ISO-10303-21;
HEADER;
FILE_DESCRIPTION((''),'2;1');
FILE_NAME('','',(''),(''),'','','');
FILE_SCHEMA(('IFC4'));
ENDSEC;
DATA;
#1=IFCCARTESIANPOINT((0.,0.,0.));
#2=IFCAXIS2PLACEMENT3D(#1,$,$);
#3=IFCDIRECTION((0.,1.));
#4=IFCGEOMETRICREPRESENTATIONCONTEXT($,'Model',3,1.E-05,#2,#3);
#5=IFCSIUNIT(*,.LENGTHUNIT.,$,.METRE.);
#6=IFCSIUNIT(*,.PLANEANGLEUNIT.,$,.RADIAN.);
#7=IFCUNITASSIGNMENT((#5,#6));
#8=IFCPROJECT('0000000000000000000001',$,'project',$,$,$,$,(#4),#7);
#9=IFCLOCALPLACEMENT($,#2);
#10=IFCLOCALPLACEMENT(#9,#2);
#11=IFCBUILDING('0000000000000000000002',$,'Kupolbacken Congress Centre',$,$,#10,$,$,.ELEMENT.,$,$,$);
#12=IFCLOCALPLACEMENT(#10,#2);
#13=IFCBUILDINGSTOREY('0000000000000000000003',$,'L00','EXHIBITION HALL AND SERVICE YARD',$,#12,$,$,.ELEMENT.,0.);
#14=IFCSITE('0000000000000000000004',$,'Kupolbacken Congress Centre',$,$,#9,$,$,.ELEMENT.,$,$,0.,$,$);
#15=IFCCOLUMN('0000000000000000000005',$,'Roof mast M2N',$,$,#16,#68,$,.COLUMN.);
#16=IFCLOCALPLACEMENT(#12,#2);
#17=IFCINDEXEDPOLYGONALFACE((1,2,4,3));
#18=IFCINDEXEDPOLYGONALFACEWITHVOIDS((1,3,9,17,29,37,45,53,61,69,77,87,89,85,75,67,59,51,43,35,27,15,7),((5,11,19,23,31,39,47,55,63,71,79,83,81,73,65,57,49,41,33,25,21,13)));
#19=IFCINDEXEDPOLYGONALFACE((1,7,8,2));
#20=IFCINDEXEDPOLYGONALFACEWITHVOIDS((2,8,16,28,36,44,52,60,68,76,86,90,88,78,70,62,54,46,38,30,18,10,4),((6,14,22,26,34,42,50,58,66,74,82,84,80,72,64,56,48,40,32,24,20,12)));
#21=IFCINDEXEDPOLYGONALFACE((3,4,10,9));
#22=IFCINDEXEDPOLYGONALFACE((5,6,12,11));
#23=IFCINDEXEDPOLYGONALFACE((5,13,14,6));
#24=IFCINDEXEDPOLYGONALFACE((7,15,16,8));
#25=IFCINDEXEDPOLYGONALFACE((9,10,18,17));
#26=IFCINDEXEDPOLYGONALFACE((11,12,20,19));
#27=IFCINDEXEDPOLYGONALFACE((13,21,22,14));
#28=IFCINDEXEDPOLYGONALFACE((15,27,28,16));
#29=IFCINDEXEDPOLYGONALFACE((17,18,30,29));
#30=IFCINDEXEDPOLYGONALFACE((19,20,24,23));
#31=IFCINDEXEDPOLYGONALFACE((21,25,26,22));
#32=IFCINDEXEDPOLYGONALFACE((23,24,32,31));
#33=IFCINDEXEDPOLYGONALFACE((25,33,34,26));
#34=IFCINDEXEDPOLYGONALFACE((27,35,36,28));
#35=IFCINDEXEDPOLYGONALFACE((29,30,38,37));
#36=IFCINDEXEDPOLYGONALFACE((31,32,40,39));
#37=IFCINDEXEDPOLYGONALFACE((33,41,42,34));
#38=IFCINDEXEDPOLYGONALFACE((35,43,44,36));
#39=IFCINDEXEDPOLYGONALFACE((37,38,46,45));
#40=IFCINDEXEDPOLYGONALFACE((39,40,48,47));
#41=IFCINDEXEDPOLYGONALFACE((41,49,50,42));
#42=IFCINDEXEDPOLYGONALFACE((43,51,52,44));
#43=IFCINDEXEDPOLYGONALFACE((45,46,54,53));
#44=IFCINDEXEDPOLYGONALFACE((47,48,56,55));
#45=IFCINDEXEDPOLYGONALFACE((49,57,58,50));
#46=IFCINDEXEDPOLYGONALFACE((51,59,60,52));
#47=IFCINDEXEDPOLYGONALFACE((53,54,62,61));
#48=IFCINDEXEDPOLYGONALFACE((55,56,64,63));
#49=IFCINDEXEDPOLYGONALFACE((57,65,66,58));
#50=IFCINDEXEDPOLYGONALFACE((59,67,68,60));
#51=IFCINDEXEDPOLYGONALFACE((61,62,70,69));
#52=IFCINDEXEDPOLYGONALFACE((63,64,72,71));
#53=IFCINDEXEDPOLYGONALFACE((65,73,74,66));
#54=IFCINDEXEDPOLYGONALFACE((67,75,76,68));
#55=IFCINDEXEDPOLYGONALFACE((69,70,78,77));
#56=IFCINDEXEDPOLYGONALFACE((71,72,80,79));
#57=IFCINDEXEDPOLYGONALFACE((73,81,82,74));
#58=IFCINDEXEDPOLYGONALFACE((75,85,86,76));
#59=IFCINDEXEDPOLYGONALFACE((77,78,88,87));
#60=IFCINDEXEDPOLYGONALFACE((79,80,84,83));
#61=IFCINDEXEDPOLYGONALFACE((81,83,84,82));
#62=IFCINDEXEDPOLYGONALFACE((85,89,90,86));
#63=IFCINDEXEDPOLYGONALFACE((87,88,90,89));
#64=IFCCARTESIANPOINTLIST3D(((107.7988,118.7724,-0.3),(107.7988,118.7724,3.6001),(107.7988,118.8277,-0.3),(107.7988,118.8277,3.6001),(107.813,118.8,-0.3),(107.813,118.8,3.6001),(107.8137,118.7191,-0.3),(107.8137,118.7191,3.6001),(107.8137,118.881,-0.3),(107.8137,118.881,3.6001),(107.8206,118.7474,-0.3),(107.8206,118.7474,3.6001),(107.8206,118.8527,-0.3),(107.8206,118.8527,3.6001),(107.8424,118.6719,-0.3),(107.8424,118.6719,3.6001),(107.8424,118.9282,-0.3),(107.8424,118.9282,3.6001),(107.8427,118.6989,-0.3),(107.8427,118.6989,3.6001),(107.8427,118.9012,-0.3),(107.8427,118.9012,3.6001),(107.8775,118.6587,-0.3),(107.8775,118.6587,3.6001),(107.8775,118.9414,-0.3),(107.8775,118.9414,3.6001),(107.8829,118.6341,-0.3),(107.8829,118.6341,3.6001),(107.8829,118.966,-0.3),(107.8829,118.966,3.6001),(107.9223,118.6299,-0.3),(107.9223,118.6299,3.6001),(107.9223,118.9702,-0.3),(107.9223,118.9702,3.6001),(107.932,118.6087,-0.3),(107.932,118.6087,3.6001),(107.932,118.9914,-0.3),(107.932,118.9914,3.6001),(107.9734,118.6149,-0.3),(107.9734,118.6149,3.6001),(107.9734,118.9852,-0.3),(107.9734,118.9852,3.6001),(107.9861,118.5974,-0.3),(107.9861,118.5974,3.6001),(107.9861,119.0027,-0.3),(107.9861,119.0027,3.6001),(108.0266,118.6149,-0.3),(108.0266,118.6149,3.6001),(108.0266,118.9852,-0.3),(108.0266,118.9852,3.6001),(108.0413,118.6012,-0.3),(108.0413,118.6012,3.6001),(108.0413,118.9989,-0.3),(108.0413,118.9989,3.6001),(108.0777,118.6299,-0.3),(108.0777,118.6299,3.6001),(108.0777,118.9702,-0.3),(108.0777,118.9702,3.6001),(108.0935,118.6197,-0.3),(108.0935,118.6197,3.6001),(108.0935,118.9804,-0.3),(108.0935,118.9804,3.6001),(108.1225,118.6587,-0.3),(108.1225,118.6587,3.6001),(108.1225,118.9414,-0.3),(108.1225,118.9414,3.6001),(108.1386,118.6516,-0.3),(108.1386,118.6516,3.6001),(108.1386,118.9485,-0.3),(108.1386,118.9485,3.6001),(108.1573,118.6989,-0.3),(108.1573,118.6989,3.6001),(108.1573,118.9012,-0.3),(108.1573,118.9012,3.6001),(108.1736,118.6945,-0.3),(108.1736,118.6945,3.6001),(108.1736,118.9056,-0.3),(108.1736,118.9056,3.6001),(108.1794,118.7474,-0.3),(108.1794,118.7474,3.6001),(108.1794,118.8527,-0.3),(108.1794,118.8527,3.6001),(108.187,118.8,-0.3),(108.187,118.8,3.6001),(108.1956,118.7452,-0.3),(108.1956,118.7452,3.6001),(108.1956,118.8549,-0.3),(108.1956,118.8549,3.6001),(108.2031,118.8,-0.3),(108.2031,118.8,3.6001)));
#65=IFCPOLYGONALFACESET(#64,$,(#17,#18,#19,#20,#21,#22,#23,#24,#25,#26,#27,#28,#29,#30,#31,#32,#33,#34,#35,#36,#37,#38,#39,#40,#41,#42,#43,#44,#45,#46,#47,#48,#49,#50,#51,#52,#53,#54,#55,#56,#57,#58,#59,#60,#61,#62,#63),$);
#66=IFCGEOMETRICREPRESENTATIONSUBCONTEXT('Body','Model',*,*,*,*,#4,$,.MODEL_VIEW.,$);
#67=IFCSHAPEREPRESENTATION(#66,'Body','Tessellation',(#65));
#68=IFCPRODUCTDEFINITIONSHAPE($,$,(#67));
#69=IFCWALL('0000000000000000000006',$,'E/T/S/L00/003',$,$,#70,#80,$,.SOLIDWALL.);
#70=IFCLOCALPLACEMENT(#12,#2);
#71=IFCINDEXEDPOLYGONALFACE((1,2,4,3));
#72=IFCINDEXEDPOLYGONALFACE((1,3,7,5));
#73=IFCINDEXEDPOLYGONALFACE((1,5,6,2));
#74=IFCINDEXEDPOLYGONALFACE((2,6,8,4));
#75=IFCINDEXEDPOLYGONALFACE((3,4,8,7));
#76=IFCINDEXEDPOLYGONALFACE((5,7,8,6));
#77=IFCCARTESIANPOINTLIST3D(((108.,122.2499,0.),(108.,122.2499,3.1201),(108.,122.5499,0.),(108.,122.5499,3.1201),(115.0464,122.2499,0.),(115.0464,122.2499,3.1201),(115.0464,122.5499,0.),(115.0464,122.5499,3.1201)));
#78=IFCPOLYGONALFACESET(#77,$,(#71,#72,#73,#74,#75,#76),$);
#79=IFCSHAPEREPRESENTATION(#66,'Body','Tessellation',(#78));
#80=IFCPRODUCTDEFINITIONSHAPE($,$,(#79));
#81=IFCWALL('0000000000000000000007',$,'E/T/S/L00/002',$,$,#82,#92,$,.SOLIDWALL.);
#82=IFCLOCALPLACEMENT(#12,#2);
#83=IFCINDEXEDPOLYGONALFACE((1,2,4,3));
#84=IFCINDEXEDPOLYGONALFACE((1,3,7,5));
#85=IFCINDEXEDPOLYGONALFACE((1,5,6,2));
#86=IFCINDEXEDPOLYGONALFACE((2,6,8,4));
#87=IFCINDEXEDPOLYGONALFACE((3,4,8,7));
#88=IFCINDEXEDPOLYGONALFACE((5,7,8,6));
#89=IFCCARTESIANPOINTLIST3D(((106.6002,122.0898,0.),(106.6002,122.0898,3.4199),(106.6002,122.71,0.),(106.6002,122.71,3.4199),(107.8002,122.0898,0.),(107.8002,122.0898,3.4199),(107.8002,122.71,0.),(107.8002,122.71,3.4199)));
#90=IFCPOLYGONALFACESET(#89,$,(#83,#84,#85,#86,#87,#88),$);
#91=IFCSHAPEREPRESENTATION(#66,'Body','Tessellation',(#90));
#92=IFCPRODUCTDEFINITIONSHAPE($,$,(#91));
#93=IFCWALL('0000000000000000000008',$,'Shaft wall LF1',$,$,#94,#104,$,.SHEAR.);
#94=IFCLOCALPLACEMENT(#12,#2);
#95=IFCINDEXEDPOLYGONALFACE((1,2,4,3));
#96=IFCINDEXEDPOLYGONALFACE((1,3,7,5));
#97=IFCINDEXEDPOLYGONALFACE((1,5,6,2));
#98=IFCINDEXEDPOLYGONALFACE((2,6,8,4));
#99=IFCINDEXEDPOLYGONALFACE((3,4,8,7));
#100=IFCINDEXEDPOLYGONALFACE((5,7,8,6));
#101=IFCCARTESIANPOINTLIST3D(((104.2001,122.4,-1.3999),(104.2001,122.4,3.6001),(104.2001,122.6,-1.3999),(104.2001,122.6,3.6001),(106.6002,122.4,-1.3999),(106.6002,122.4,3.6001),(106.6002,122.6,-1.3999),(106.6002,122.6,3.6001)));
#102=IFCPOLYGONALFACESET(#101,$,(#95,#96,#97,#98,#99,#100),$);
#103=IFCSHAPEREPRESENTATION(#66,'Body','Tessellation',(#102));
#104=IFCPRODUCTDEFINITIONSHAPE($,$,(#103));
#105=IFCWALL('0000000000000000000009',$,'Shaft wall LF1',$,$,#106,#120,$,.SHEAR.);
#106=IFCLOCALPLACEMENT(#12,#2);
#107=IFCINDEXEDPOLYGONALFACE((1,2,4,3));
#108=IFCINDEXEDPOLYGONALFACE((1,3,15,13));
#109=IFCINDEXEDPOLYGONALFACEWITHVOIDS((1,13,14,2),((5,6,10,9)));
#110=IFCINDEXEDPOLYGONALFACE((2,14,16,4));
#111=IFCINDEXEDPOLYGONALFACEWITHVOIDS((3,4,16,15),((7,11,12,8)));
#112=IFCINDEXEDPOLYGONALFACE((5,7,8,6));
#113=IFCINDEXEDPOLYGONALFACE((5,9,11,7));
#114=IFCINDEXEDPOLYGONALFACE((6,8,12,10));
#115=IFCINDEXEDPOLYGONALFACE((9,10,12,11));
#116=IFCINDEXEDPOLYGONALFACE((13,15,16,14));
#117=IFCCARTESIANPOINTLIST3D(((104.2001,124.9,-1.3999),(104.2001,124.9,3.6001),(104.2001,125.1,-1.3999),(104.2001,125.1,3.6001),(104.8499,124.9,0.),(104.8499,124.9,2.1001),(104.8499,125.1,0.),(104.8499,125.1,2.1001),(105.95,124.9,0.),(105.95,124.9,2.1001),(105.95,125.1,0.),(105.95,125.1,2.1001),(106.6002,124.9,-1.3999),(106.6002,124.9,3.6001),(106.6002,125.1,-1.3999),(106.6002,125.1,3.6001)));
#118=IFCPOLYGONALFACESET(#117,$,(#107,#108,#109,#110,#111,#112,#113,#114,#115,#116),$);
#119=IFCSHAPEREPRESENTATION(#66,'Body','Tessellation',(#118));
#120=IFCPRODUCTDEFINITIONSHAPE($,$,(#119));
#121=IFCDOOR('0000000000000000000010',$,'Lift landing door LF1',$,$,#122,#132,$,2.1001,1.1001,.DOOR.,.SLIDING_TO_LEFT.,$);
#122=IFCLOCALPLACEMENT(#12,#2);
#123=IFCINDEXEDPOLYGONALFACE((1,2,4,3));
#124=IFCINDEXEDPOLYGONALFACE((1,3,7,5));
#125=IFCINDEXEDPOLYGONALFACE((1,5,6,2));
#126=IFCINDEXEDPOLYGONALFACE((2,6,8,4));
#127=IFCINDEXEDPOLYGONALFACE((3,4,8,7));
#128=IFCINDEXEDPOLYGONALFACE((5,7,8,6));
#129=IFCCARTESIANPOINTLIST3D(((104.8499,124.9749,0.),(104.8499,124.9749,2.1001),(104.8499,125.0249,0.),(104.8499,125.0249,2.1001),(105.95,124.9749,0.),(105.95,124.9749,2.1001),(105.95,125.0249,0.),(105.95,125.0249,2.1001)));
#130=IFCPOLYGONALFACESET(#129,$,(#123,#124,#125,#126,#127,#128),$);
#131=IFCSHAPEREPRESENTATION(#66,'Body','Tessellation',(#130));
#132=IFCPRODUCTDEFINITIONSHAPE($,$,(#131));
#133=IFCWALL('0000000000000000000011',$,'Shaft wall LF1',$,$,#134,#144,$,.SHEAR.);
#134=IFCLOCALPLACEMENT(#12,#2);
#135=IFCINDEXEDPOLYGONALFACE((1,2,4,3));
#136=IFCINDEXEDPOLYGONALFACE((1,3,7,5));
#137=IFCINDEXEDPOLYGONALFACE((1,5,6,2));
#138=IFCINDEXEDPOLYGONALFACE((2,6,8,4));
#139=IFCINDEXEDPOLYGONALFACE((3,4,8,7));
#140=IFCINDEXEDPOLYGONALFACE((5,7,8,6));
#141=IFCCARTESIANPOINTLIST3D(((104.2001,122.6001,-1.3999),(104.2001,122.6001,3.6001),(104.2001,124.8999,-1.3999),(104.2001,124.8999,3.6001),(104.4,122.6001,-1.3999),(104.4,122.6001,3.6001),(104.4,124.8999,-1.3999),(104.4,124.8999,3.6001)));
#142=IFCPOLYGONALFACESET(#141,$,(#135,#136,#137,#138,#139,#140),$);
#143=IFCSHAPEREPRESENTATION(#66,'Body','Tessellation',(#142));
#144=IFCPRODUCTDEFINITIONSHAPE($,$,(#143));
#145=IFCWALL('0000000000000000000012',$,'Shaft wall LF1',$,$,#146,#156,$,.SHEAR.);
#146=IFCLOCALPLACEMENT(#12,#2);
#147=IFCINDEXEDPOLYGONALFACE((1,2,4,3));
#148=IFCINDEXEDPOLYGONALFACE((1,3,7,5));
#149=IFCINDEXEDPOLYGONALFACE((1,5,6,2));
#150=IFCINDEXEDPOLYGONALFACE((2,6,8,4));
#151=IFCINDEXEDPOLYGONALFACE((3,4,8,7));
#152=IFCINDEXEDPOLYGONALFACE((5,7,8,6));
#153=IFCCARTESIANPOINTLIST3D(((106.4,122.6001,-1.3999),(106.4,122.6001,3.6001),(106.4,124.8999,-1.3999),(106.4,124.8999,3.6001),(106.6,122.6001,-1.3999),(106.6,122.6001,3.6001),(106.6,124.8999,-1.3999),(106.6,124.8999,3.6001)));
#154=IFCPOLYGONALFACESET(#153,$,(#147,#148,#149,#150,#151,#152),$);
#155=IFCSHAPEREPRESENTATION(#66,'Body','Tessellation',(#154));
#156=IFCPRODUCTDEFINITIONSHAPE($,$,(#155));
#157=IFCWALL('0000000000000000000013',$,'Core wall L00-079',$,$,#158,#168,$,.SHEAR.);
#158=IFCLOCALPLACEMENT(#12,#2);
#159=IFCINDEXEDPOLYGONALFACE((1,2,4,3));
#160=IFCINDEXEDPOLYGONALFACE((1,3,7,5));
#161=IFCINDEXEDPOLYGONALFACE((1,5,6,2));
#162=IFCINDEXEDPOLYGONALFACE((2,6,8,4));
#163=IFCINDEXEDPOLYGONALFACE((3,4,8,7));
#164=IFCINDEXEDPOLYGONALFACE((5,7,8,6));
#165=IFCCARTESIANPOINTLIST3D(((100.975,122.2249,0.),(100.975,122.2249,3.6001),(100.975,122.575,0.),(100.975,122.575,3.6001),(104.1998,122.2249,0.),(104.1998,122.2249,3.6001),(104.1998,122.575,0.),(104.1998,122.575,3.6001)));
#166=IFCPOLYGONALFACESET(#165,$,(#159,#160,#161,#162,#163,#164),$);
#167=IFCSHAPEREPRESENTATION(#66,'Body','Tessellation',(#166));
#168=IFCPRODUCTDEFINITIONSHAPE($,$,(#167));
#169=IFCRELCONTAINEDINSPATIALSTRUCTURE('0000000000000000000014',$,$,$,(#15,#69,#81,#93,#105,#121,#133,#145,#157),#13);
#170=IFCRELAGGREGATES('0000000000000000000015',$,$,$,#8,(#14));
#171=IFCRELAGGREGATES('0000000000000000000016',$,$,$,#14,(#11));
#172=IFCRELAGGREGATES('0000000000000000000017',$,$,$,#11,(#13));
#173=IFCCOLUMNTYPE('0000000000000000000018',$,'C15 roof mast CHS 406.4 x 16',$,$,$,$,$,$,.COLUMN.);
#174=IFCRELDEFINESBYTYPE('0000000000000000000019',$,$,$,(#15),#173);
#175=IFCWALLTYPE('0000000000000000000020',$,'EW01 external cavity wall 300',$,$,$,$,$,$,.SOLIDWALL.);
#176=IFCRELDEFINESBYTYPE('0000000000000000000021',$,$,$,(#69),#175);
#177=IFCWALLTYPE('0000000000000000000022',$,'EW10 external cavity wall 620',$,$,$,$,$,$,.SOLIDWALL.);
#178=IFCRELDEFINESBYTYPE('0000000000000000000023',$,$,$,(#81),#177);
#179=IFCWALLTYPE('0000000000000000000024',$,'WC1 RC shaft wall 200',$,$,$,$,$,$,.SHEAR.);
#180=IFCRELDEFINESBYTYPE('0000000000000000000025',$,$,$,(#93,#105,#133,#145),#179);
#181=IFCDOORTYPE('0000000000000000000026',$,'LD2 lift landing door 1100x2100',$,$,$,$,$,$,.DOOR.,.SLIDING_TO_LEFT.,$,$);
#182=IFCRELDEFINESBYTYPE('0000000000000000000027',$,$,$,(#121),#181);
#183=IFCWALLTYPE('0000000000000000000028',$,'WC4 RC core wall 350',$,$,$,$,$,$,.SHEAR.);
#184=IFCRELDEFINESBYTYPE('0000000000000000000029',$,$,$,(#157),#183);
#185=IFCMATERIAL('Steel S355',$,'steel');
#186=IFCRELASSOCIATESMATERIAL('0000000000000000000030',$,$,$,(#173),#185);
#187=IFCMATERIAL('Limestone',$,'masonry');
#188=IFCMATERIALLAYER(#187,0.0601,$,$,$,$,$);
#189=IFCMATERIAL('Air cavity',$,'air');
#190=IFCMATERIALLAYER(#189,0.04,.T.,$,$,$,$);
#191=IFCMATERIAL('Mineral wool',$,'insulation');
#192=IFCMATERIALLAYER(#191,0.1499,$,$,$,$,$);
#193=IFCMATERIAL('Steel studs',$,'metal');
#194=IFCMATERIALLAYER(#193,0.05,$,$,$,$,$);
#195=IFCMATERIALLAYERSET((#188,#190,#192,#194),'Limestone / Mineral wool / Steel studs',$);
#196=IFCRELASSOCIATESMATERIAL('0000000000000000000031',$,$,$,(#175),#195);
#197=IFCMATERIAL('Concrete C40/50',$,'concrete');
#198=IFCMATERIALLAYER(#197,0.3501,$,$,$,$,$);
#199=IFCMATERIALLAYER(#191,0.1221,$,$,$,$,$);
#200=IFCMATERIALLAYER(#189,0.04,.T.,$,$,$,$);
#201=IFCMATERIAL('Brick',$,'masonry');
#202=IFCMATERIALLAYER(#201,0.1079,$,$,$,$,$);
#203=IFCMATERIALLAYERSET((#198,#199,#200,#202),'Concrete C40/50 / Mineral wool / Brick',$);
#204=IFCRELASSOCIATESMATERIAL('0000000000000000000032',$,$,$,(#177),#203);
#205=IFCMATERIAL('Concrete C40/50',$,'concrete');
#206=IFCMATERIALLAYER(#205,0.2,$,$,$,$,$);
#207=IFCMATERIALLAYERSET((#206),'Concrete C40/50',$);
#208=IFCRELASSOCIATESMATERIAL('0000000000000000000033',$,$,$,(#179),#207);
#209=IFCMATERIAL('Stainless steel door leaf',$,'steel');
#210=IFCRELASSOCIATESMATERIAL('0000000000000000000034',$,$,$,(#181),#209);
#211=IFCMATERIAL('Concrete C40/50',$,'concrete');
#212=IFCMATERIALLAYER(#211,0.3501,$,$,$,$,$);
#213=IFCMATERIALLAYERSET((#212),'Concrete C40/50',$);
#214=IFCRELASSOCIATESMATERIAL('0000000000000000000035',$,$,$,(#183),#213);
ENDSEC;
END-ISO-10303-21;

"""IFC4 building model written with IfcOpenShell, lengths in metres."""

from ifc_helpers import new_model, si_unit, direction, frame, frame_2d, origin, origin_2d, place, context, subcontext, project, spatial, rectangle, hollow_circle, extrude, material, layer, layer_set, material_profile, profile_set, type_object, element, fill, save


model = new_model("IFC4")

# Units and contexts
model_context = context("Model", 3, precision=1e-05, world=origin(), true_north=direction((0.0, 1.0)))
body_context = subcontext(model_context, "Body", "Model", "MODEL_VIEW")
ifc_project = project(units=[si_unit("LENGTHUNIT", "METRE"), si_unit("PLANEANGLEUNIT", "RADIAN")], contexts=[model_context])

# Site, building, storey
site_placement = place(None, origin())
site = spatial("IfcSite", under=ifc_project, at=site_placement, Name="Kupolbacken Congress Centre", CompositionType="ELEMENT", RefElevation=0.0)
building_placement = place(site_placement, origin())
building = spatial("IfcBuilding", under=site, at=building_placement, Name="Kupolbacken Congress Centre", CompositionType="ELEMENT")
storey_placement = place(building_placement, origin())
storey = spatial("IfcBuildingStorey", under=building, at=storey_placement, Name="L00", Description="EXHIBITION HALL AND SERVICE YARD", CompositionType="ELEMENT", Elevation=0.0)

# Column
ifc_material_1 = material(Name="Steel S355", Category="steel")
ifc_material_profile_1 = material_profile(ifc_material_1, hollow_circle(Radius=0.2031, WallThickness=0.0161, at=origin_2d()), Name="CHS 406.4 x 16")
ifc_profile_set_1 = profile_set([ifc_material_profile_1], Name="Steel S355")
column_type = type_object("IfcColumnType", Name="C15 roof mast CHS 406.4 x 16", PredefinedType="COLUMN", material=ifc_profile_set_1)
column_placement = place(storey_placement, frame((108.0, 118.8, -0.3), z_axis=(0.0, 0.0, 1.0), x_axis=(1.0, 0.0, 0.0)))
element("IfcColumn", 1, at=column_placement, inside=storey, type_object=column_type, Name="Roof mast M2N", PredefinedType="COLUMN", context=body_context, shape_type="SweptSolid", body=[
    extrude(hollow_circle(Radius=0.2031, WallThickness=0.0161, at=origin_2d()), origin(), (0.0, 0.0, 1.0), 3.9001),
])

# Walls
ifc_material_2 = material(Name="Limestone", Category="masonry")
ifc_layer_1 = layer(ifc_material_2, 0.0601)
ifc_material_3 = material(Name="Air cavity", Category="air")
ifc_layer_2 = layer(ifc_material_3, 0.04, ventilated=True)
ifc_material_4 = material(Name="Mineral wool", Category="insulation")
ifc_layer_3 = layer(ifc_material_4, 0.1499)
ifc_material_5 = material(Name="Steel studs", Category="metal")
ifc_layer_4 = layer(ifc_material_5, 0.05)
ifc_layer_set_1 = layer_set([ifc_layer_1, ifc_layer_2, ifc_layer_3, ifc_layer_4], Name="Limestone / Mineral wool / Steel studs")
wall_type_1 = type_object("IfcWallType", Name="EW01 external cavity wall 300", PredefinedType="SOLIDWALL", material=ifc_layer_set_1)
wall_1_placement = place(storey_placement, frame((108.0, 122.3999, 0.0), z_axis=(0.0, 0.0, 1.0), x_axis=(1.0, 0.0, 0.0)))
element("IfcWall", 2, at=wall_1_placement, inside=storey, type_object=wall_type_1, Name="E/T/S/L00/003", PredefinedType="SOLIDWALL", context=body_context, shape_type="SweptSolid", body=[
    extrude(rectangle(XDim=7.0464, YDim=0.3, at=frame_2d((3.5232, 0.0))), origin(), (0.0, 0.0, 1.0), 3.1201),
])
ifc_material_6 = material(Name="Concrete C40/50", Category="concrete")
ifc_layer_5 = layer(ifc_material_6, 0.3501)
ifc_layer_6 = layer(ifc_material_4, 0.1221)
ifc_layer_7 = layer(ifc_material_3, 0.04, ventilated=True)
ifc_material_7 = material(Name="Brick", Category="masonry")
ifc_layer_8 = layer(ifc_material_7, 0.1079)
ifc_layer_set_2 = layer_set([ifc_layer_5, ifc_layer_6, ifc_layer_7, ifc_layer_8], Name="Concrete C40/50 / Mineral wool / Brick")
wall_type_2 = type_object("IfcWallType", Name="EW10 external cavity wall 620", PredefinedType="SOLIDWALL", material=ifc_layer_set_2)
wall_2_placement = place(storey_placement, frame((106.6001, 122.3999, 0.0), z_axis=(0.0, 0.0, 1.0), x_axis=(1.0, 0.0, 0.0)))
element("IfcWall", 3, at=wall_2_placement, inside=storey, type_object=wall_type_2, Name="E/T/S/L00/002", PredefinedType="SOLIDWALL", context=body_context, shape_type="SweptSolid", body=[
    extrude(rectangle(XDim=1.2, YDim=0.6201, at=frame_2d((0.6001, 0.0))), origin(), (0.0, 0.0, 1.0), 3.4199),
])
ifc_material_8 = material(Name="Concrete C40/50", Category="concrete")
ifc_layer_9 = layer(ifc_material_8, 0.2)
ifc_layer_set_3 = layer_set([ifc_layer_9], Name="Concrete C40/50")
wall_type_3 = type_object("IfcWallType", Name="WC1 RC shaft wall 200", PredefinedType="SHEAR", material=ifc_layer_set_3)
wall_3_placement = place(storey_placement, frame((104.2, 122.5, -1.3999), z_axis=(0.0, 0.0, 1.0), x_axis=(1.0, 0.0, 0.0)))
element("IfcWall", 4, at=wall_3_placement, inside=storey, type_object=wall_type_3, Name="Shaft wall LF1", PredefinedType="SHEAR", context=body_context, shape_type="SweptSolid", body=[
    extrude(rectangle(XDim=2.4001, YDim=0.2, at=frame_2d((1.2002, 0.0))), origin(), (0.0, 0.0, 1.0), 5.0),
])

# Wall, opening, door
wall_4_placement = place(storey_placement, frame((104.2, 125.0, -1.3999), z_axis=(0.0, 0.0, 1.0), x_axis=(1.0, 0.0, 0.0)))
wall_4 = element("IfcWall", 5, at=wall_4_placement, inside=storey, type_object=wall_type_3, Name="Shaft wall LF1", PredefinedType="SHEAR", context=body_context, shape_type="SweptSolid", body=[
    extrude(rectangle(XDim=2.4001, YDim=0.2, at=frame_2d((1.2002, 0.0))), origin(), (0.0, 0.0, 1.0), 5.0),
])
opening_1_placement = place(wall_4_placement, frame((0.6499, 0.0, 1.3999)))
opening_1 = element("IfcOpeningElement", 6, at=opening_1_placement, cuts=wall_4, PredefinedType="OPENING", context=body_context, shape_type="SweptSolid", body=[
    extrude(rectangle(XDim=1.1001, YDim=2.1001, at=frame_2d((0.55, 1.05))), frame((0.0, 0.1099, 0.0), z_axis=(0.0, -1.0, 0.0), x_axis=(1.0, 0.0, 0.0)), (0.0, 0.0, 1.0), 0.22),
])
ifc_material_9 = material(Name="Stainless steel door leaf", Category="steel")
door_type_1 = type_object("IfcDoorType", Name="LD2 lift landing door 1100x2100", OperationType="SLIDING_TO_LEFT", PredefinedType="DOOR", material=ifc_material_9)
door_1_placement = place(opening_1_placement, origin())
door_1 = element("IfcDoor", 7, at=door_1_placement, inside=storey, type_object=door_type_1, Name="Lift landing door LF1", OperationType="SLIDING_TO_LEFT", OverallHeight=2.1001, OverallWidth=1.1001, PredefinedType="DOOR", context=body_context, shape_type="SweptSolid", body=[
    extrude(rectangle(XDim=1.1001, YDim=2.1001, at=frame_2d((0.55, 1.05))), frame((0.0, 0.0249, 0.0), z_axis=(0.0, -1.0, 0.0), x_axis=(1.0, 0.0, 0.0)), (0.0, 0.0, 1.0), 0.05),
])
fill(opening_1, door_1)

# Walls
for number, where, z_axis, x_axis, name in (
    (8, (104.3, 122.6001, -1.3999), (0.0, 0.0, 1.0), (0.0, 1.0, 0.0), "Shaft wall LF1"),
    (9, (106.5, 122.6001, -1.3999), (0.0, 0.0, 1.0), (0.0, 1.0, 0.0), "Shaft wall LF1"),
):
    element("IfcWall", number, at=place(storey_placement, frame(where, z_axis=z_axis, x_axis=x_axis)), inside=storey, type_object=wall_type_3, Name=name, PredefinedType="SHEAR", context=body_context, shape_type="SweptSolid", body=[
        extrude(rectangle(XDim=2.2998, YDim=0.2, at=frame_2d((1.1499, 0.0))), origin(), (0.0, 0.0, 1.0), 5.0),
    ])
ifc_material_10 = material(Name="Concrete C40/50", Category="concrete")
ifc_layer_10 = layer(ifc_material_10, 0.3501)
ifc_layer_set_4 = layer_set([ifc_layer_10], Name="Concrete C40/50")
wall_type_4 = type_object("IfcWallType", Name="WC4 RC core wall 350", PredefinedType="SHEAR", material=ifc_layer_set_4)
wall_5_placement = place(storey_placement, frame((100.9751, 122.3999, 0.0), z_axis=(0.0, 0.0, 1.0), x_axis=(1.0, 0.0, 0.0)))
element("IfcWall", 10, at=wall_5_placement, inside=storey, type_object=wall_type_4, Name="Core wall L00-079", PredefinedType="SHEAR", context=body_context, shape_type="SweptSolid", body=[
    extrude(rectangle(XDim=3.2249, YDim=0.3501, at=frame_2d((1.6123, 0.0))), origin(), (0.0, 0.0, 1.0), 3.6001),
])

save(model, "model.ifc")
